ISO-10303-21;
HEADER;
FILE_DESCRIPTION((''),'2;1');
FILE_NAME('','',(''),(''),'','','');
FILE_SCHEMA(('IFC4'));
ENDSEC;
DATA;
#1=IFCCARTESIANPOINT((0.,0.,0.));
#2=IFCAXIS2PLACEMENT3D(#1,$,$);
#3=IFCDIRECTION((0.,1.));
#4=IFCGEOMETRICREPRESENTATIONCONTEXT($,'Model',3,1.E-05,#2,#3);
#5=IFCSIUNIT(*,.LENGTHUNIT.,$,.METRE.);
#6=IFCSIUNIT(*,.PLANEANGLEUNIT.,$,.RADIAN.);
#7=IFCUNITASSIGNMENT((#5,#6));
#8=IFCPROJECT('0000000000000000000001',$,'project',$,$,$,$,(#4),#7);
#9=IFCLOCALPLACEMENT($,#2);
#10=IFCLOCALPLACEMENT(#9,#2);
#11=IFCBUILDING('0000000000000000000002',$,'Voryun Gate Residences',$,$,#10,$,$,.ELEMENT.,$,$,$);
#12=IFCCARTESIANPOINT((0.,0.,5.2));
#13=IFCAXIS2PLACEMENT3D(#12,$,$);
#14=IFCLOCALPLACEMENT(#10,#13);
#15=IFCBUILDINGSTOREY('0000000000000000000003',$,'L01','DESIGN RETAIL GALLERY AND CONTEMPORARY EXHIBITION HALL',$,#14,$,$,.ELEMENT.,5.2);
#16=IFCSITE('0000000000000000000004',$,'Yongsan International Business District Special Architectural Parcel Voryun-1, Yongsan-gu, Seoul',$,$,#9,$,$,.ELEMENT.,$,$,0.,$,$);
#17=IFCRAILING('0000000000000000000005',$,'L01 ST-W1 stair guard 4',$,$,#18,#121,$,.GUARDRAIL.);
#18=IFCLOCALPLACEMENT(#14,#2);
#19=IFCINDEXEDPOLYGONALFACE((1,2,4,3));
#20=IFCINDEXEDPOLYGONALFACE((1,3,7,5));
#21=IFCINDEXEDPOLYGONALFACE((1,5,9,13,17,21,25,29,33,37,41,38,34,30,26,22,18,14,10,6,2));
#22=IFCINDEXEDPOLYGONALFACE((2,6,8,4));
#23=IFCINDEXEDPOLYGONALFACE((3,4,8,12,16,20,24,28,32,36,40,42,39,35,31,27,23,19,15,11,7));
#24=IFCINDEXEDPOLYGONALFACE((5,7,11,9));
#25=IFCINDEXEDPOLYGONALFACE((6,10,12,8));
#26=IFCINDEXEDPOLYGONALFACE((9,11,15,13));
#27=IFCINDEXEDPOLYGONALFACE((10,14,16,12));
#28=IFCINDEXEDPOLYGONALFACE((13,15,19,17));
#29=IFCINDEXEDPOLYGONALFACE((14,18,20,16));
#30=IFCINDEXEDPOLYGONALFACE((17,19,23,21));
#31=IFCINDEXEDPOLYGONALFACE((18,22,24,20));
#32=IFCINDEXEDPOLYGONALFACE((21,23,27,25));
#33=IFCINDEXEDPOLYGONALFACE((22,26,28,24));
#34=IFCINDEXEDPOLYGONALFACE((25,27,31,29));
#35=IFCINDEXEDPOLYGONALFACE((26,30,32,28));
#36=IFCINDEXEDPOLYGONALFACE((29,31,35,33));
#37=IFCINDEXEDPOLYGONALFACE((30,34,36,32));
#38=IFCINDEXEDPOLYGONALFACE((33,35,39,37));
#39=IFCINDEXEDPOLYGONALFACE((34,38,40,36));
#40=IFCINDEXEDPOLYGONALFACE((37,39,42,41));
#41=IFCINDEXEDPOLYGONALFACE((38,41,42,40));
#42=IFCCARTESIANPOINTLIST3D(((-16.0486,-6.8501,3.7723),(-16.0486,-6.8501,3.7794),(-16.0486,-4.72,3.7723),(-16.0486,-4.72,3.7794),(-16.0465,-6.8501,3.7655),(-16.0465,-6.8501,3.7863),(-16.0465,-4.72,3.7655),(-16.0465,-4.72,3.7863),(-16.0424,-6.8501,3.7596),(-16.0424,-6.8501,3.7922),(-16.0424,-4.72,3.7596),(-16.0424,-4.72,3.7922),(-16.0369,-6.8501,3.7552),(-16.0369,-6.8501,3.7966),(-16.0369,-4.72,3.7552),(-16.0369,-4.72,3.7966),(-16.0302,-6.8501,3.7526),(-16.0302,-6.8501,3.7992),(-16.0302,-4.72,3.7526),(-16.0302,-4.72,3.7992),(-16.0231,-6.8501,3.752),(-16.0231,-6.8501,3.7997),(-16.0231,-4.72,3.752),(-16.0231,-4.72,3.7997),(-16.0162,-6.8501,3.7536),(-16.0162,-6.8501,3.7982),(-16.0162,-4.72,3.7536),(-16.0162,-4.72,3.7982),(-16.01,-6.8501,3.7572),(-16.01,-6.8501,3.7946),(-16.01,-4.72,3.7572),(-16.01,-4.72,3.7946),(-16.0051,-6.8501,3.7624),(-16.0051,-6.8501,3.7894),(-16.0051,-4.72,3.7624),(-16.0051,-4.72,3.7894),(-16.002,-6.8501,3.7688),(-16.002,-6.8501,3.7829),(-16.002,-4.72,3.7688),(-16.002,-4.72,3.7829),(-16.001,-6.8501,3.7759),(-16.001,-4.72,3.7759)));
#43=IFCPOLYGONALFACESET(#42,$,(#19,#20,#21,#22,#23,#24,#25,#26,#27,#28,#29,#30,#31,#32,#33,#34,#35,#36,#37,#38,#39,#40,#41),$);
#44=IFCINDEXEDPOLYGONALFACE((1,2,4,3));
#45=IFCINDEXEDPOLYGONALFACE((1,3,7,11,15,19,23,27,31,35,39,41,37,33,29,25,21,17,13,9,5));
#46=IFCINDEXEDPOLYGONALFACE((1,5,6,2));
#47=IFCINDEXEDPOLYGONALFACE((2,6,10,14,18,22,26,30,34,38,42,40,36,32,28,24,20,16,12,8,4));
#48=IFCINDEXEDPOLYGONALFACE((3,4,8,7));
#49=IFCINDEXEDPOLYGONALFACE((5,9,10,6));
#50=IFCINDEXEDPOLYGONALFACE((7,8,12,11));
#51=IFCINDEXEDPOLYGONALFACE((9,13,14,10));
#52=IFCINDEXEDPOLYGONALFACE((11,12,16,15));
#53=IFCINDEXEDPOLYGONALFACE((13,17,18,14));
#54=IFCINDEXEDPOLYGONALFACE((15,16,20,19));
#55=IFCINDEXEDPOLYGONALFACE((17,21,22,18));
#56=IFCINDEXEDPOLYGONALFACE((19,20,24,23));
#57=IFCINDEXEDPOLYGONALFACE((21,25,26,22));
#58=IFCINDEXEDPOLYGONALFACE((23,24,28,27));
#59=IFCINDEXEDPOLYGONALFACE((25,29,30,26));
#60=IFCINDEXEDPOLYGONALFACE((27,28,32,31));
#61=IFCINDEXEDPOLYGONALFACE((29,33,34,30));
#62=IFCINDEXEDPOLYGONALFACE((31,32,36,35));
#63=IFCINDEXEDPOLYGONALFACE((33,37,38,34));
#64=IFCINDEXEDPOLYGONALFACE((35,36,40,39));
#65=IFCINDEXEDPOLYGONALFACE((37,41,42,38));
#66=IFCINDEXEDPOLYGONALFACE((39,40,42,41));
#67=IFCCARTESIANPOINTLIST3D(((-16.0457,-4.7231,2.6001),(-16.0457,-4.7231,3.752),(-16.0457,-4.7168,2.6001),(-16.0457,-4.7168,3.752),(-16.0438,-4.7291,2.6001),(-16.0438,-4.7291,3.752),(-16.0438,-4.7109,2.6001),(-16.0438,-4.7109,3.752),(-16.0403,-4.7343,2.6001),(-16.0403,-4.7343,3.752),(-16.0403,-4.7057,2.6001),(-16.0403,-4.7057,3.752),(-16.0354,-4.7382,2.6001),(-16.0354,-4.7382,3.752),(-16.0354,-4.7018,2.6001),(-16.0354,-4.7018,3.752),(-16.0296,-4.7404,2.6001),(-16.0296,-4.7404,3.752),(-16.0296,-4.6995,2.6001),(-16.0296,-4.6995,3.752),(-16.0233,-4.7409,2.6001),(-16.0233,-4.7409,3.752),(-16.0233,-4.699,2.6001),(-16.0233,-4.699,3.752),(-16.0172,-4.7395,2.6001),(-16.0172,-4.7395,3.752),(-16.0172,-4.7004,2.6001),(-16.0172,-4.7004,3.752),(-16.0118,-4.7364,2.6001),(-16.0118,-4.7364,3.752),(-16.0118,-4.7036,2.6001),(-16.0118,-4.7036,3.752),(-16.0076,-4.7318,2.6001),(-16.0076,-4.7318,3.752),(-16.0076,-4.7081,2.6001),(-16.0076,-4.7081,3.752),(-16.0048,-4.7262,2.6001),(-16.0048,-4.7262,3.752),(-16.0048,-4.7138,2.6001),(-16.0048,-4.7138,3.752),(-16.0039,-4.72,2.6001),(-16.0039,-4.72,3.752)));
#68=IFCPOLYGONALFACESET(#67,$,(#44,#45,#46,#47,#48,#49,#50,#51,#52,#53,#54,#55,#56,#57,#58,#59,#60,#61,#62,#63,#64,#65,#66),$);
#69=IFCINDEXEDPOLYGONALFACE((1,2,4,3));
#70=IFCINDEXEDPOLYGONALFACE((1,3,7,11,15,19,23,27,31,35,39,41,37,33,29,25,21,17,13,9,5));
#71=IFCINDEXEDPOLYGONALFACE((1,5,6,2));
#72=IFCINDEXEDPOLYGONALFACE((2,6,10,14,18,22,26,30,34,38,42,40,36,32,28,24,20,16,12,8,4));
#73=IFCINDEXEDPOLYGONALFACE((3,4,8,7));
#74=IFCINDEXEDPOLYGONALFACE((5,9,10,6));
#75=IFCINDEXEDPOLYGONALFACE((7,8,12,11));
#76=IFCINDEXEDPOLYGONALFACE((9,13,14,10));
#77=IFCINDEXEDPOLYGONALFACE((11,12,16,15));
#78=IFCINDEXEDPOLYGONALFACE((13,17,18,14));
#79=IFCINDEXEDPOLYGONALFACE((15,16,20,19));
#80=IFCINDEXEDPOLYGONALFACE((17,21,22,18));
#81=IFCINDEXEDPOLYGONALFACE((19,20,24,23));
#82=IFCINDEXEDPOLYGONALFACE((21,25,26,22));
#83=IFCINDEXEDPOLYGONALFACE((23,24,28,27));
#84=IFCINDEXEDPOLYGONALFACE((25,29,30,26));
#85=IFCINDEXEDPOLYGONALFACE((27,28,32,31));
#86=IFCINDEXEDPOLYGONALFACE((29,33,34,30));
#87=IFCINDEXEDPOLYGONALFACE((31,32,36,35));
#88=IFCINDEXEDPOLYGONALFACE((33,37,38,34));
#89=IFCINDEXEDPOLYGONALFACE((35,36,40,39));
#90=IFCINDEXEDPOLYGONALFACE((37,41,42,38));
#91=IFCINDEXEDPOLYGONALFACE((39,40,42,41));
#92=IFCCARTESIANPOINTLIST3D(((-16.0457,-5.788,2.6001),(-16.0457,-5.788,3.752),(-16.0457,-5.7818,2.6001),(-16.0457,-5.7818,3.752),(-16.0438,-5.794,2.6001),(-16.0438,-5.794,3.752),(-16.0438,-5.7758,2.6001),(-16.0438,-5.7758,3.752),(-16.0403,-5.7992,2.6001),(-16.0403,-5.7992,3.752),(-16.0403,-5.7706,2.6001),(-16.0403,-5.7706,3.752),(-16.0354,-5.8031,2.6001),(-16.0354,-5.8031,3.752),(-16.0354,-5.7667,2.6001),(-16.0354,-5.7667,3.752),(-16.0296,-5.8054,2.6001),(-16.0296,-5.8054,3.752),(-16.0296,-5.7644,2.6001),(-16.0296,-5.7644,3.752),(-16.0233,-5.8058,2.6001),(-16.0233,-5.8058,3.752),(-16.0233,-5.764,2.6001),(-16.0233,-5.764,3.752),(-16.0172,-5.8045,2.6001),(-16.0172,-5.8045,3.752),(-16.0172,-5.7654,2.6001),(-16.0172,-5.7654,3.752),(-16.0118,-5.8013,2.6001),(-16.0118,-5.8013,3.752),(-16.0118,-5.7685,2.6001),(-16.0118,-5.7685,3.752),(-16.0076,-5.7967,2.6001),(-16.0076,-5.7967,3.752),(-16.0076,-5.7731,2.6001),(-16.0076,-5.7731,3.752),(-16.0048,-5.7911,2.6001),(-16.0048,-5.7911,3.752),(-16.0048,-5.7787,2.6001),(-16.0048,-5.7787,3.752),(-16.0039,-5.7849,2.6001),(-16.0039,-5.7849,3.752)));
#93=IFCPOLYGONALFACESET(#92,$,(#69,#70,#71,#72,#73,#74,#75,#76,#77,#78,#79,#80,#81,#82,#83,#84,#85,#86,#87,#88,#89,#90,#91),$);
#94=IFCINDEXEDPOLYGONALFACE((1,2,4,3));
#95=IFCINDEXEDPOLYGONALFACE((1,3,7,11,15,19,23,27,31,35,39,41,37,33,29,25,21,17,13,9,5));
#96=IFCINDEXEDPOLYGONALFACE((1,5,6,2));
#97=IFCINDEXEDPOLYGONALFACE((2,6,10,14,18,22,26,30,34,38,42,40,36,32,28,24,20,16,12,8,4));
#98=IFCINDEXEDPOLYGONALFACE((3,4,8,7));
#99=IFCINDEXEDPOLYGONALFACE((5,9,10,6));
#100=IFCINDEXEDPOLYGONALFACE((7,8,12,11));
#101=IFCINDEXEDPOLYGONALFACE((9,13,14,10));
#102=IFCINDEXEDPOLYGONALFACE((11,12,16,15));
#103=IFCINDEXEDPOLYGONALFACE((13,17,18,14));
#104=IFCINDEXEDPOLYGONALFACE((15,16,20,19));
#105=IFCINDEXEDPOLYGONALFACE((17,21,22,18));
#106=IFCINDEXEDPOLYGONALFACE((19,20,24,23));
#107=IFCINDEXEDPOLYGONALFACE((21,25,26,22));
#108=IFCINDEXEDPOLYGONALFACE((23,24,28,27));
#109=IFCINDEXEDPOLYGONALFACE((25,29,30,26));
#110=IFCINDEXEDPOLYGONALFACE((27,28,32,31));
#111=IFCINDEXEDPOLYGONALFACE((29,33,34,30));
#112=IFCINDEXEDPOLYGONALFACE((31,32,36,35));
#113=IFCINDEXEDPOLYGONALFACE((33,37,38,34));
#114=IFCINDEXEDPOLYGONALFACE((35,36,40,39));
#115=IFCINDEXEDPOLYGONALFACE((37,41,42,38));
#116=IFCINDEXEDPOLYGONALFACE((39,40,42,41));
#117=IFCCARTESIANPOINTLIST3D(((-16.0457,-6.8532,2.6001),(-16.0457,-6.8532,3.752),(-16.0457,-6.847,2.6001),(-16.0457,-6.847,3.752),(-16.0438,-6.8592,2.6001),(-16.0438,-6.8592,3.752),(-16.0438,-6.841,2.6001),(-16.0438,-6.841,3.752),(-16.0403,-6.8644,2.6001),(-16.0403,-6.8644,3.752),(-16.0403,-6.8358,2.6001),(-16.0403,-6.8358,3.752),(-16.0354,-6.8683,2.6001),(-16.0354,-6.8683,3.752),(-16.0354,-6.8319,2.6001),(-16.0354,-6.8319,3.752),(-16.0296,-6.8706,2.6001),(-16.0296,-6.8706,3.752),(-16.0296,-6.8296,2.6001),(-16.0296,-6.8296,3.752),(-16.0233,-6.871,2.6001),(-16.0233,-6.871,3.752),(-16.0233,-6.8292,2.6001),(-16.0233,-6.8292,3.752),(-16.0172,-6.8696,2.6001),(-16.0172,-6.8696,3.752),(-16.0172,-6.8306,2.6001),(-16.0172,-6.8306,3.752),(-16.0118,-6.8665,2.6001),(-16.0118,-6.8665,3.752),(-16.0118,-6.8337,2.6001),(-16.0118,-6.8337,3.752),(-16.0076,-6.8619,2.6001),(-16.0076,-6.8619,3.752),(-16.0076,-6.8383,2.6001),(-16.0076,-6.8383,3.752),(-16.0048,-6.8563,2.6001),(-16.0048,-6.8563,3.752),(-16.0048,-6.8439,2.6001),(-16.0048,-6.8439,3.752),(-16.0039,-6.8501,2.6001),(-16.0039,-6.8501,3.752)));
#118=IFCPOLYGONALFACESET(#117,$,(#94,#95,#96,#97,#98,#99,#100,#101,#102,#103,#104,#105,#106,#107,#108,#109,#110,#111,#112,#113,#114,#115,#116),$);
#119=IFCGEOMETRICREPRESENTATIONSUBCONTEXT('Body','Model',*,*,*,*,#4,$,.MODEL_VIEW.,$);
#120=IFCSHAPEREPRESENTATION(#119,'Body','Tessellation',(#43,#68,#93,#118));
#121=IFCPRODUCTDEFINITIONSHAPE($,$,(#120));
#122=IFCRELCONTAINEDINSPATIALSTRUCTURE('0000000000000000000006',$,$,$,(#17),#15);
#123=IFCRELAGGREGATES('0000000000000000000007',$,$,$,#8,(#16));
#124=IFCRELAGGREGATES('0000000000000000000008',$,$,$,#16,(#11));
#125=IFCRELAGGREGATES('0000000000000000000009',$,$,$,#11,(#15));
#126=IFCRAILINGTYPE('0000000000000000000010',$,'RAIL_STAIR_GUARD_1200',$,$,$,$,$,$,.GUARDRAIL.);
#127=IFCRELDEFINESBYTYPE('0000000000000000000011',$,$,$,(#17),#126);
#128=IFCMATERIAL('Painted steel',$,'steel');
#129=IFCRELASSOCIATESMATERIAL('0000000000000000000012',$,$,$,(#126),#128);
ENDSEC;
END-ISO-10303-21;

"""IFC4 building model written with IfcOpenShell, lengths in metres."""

from ifc_helpers import new_model, si_unit, direction, frame, origin, origin_2d, place, context, subcontext, project, spatial, circle, extrude, material, type_object, element, save


model = new_model("IFC4")

# Units and contexts
model_context = context("Model", 3, precision=1e-05, world=origin(), true_north=direction((0.0, 1.0)))
body_context = subcontext(model_context, "Body", "Model", "MODEL_VIEW")
ifc_project = project(units=[si_unit("LENGTHUNIT", "METRE"), si_unit("PLANEANGLEUNIT", "RADIAN")], contexts=[model_context])

# Site, building, storey
site_placement = place(None, origin())
site = spatial("IfcSite", under=ifc_project, at=site_placement, Name="Yongsan International Business District Special Architectural Parcel Voryun-1, Yongsan-gu, Seoul", CompositionType="ELEMENT", RefElevation=0.0)
building_placement = place(site_placement, origin())
building = spatial("IfcBuilding", under=site, at=building_placement, Name="Voryun Gate Residences", CompositionType="ELEMENT")
storey_placement = place(building_placement, frame((0.0, 0.0, 5.2)))
storey = spatial("IfcBuildingStorey", under=building, at=storey_placement, Name="L01", Description="DESIGN RETAIL GALLERY AND CONTEMPORARY EXHIBITION HALL", CompositionType="ELEMENT", Elevation=5.2)

# Railing
ifc_material_1 = material(Name="Painted steel", Category="steel")
railing_type_1 = type_object("IfcRailingType", Name="RAIL_STAIR_GUARD_1200", PredefinedType="GUARDRAIL", material=ifc_material_1)
for number, where, name in (
    (1, (-16.0249, -4.72, 2.6001), "L01 ST-W1 stair guard 4"),
):
    element("IfcRailing", number, at=place(storey_placement, frame(where)), inside=storey, type_object=railing_type_1, Name=name, PredefinedType="GUARDRAIL", context=body_context, shape_type="SweptSolid", body=[
        extrude(circle(Radius=0.0239, at=origin_2d()), frame((0.0, 0.0, 1.1758), z_axis=(0.0, -1.0, 0.0), x_axis=(1.0, 0.0, 0.0)), (0.0, 0.0, 1.0), 2.1301),
        extrude(circle(Radius=0.021, at=origin_2d()), origin(), (0.0, 0.0, 1.0), 1.1519),
        extrude(circle(Radius=0.021, at=origin_2d()), frame((0.0, -1.0649, 0.0)), (0.0, 0.0, 1.0), 1.1519),
        extrude(circle(Radius=0.021, at=origin_2d()), frame((0.0, -2.1301, 0.0)), (0.0, 0.0, 1.0), 1.1519),
    ])

save(model, "model.ifc")
